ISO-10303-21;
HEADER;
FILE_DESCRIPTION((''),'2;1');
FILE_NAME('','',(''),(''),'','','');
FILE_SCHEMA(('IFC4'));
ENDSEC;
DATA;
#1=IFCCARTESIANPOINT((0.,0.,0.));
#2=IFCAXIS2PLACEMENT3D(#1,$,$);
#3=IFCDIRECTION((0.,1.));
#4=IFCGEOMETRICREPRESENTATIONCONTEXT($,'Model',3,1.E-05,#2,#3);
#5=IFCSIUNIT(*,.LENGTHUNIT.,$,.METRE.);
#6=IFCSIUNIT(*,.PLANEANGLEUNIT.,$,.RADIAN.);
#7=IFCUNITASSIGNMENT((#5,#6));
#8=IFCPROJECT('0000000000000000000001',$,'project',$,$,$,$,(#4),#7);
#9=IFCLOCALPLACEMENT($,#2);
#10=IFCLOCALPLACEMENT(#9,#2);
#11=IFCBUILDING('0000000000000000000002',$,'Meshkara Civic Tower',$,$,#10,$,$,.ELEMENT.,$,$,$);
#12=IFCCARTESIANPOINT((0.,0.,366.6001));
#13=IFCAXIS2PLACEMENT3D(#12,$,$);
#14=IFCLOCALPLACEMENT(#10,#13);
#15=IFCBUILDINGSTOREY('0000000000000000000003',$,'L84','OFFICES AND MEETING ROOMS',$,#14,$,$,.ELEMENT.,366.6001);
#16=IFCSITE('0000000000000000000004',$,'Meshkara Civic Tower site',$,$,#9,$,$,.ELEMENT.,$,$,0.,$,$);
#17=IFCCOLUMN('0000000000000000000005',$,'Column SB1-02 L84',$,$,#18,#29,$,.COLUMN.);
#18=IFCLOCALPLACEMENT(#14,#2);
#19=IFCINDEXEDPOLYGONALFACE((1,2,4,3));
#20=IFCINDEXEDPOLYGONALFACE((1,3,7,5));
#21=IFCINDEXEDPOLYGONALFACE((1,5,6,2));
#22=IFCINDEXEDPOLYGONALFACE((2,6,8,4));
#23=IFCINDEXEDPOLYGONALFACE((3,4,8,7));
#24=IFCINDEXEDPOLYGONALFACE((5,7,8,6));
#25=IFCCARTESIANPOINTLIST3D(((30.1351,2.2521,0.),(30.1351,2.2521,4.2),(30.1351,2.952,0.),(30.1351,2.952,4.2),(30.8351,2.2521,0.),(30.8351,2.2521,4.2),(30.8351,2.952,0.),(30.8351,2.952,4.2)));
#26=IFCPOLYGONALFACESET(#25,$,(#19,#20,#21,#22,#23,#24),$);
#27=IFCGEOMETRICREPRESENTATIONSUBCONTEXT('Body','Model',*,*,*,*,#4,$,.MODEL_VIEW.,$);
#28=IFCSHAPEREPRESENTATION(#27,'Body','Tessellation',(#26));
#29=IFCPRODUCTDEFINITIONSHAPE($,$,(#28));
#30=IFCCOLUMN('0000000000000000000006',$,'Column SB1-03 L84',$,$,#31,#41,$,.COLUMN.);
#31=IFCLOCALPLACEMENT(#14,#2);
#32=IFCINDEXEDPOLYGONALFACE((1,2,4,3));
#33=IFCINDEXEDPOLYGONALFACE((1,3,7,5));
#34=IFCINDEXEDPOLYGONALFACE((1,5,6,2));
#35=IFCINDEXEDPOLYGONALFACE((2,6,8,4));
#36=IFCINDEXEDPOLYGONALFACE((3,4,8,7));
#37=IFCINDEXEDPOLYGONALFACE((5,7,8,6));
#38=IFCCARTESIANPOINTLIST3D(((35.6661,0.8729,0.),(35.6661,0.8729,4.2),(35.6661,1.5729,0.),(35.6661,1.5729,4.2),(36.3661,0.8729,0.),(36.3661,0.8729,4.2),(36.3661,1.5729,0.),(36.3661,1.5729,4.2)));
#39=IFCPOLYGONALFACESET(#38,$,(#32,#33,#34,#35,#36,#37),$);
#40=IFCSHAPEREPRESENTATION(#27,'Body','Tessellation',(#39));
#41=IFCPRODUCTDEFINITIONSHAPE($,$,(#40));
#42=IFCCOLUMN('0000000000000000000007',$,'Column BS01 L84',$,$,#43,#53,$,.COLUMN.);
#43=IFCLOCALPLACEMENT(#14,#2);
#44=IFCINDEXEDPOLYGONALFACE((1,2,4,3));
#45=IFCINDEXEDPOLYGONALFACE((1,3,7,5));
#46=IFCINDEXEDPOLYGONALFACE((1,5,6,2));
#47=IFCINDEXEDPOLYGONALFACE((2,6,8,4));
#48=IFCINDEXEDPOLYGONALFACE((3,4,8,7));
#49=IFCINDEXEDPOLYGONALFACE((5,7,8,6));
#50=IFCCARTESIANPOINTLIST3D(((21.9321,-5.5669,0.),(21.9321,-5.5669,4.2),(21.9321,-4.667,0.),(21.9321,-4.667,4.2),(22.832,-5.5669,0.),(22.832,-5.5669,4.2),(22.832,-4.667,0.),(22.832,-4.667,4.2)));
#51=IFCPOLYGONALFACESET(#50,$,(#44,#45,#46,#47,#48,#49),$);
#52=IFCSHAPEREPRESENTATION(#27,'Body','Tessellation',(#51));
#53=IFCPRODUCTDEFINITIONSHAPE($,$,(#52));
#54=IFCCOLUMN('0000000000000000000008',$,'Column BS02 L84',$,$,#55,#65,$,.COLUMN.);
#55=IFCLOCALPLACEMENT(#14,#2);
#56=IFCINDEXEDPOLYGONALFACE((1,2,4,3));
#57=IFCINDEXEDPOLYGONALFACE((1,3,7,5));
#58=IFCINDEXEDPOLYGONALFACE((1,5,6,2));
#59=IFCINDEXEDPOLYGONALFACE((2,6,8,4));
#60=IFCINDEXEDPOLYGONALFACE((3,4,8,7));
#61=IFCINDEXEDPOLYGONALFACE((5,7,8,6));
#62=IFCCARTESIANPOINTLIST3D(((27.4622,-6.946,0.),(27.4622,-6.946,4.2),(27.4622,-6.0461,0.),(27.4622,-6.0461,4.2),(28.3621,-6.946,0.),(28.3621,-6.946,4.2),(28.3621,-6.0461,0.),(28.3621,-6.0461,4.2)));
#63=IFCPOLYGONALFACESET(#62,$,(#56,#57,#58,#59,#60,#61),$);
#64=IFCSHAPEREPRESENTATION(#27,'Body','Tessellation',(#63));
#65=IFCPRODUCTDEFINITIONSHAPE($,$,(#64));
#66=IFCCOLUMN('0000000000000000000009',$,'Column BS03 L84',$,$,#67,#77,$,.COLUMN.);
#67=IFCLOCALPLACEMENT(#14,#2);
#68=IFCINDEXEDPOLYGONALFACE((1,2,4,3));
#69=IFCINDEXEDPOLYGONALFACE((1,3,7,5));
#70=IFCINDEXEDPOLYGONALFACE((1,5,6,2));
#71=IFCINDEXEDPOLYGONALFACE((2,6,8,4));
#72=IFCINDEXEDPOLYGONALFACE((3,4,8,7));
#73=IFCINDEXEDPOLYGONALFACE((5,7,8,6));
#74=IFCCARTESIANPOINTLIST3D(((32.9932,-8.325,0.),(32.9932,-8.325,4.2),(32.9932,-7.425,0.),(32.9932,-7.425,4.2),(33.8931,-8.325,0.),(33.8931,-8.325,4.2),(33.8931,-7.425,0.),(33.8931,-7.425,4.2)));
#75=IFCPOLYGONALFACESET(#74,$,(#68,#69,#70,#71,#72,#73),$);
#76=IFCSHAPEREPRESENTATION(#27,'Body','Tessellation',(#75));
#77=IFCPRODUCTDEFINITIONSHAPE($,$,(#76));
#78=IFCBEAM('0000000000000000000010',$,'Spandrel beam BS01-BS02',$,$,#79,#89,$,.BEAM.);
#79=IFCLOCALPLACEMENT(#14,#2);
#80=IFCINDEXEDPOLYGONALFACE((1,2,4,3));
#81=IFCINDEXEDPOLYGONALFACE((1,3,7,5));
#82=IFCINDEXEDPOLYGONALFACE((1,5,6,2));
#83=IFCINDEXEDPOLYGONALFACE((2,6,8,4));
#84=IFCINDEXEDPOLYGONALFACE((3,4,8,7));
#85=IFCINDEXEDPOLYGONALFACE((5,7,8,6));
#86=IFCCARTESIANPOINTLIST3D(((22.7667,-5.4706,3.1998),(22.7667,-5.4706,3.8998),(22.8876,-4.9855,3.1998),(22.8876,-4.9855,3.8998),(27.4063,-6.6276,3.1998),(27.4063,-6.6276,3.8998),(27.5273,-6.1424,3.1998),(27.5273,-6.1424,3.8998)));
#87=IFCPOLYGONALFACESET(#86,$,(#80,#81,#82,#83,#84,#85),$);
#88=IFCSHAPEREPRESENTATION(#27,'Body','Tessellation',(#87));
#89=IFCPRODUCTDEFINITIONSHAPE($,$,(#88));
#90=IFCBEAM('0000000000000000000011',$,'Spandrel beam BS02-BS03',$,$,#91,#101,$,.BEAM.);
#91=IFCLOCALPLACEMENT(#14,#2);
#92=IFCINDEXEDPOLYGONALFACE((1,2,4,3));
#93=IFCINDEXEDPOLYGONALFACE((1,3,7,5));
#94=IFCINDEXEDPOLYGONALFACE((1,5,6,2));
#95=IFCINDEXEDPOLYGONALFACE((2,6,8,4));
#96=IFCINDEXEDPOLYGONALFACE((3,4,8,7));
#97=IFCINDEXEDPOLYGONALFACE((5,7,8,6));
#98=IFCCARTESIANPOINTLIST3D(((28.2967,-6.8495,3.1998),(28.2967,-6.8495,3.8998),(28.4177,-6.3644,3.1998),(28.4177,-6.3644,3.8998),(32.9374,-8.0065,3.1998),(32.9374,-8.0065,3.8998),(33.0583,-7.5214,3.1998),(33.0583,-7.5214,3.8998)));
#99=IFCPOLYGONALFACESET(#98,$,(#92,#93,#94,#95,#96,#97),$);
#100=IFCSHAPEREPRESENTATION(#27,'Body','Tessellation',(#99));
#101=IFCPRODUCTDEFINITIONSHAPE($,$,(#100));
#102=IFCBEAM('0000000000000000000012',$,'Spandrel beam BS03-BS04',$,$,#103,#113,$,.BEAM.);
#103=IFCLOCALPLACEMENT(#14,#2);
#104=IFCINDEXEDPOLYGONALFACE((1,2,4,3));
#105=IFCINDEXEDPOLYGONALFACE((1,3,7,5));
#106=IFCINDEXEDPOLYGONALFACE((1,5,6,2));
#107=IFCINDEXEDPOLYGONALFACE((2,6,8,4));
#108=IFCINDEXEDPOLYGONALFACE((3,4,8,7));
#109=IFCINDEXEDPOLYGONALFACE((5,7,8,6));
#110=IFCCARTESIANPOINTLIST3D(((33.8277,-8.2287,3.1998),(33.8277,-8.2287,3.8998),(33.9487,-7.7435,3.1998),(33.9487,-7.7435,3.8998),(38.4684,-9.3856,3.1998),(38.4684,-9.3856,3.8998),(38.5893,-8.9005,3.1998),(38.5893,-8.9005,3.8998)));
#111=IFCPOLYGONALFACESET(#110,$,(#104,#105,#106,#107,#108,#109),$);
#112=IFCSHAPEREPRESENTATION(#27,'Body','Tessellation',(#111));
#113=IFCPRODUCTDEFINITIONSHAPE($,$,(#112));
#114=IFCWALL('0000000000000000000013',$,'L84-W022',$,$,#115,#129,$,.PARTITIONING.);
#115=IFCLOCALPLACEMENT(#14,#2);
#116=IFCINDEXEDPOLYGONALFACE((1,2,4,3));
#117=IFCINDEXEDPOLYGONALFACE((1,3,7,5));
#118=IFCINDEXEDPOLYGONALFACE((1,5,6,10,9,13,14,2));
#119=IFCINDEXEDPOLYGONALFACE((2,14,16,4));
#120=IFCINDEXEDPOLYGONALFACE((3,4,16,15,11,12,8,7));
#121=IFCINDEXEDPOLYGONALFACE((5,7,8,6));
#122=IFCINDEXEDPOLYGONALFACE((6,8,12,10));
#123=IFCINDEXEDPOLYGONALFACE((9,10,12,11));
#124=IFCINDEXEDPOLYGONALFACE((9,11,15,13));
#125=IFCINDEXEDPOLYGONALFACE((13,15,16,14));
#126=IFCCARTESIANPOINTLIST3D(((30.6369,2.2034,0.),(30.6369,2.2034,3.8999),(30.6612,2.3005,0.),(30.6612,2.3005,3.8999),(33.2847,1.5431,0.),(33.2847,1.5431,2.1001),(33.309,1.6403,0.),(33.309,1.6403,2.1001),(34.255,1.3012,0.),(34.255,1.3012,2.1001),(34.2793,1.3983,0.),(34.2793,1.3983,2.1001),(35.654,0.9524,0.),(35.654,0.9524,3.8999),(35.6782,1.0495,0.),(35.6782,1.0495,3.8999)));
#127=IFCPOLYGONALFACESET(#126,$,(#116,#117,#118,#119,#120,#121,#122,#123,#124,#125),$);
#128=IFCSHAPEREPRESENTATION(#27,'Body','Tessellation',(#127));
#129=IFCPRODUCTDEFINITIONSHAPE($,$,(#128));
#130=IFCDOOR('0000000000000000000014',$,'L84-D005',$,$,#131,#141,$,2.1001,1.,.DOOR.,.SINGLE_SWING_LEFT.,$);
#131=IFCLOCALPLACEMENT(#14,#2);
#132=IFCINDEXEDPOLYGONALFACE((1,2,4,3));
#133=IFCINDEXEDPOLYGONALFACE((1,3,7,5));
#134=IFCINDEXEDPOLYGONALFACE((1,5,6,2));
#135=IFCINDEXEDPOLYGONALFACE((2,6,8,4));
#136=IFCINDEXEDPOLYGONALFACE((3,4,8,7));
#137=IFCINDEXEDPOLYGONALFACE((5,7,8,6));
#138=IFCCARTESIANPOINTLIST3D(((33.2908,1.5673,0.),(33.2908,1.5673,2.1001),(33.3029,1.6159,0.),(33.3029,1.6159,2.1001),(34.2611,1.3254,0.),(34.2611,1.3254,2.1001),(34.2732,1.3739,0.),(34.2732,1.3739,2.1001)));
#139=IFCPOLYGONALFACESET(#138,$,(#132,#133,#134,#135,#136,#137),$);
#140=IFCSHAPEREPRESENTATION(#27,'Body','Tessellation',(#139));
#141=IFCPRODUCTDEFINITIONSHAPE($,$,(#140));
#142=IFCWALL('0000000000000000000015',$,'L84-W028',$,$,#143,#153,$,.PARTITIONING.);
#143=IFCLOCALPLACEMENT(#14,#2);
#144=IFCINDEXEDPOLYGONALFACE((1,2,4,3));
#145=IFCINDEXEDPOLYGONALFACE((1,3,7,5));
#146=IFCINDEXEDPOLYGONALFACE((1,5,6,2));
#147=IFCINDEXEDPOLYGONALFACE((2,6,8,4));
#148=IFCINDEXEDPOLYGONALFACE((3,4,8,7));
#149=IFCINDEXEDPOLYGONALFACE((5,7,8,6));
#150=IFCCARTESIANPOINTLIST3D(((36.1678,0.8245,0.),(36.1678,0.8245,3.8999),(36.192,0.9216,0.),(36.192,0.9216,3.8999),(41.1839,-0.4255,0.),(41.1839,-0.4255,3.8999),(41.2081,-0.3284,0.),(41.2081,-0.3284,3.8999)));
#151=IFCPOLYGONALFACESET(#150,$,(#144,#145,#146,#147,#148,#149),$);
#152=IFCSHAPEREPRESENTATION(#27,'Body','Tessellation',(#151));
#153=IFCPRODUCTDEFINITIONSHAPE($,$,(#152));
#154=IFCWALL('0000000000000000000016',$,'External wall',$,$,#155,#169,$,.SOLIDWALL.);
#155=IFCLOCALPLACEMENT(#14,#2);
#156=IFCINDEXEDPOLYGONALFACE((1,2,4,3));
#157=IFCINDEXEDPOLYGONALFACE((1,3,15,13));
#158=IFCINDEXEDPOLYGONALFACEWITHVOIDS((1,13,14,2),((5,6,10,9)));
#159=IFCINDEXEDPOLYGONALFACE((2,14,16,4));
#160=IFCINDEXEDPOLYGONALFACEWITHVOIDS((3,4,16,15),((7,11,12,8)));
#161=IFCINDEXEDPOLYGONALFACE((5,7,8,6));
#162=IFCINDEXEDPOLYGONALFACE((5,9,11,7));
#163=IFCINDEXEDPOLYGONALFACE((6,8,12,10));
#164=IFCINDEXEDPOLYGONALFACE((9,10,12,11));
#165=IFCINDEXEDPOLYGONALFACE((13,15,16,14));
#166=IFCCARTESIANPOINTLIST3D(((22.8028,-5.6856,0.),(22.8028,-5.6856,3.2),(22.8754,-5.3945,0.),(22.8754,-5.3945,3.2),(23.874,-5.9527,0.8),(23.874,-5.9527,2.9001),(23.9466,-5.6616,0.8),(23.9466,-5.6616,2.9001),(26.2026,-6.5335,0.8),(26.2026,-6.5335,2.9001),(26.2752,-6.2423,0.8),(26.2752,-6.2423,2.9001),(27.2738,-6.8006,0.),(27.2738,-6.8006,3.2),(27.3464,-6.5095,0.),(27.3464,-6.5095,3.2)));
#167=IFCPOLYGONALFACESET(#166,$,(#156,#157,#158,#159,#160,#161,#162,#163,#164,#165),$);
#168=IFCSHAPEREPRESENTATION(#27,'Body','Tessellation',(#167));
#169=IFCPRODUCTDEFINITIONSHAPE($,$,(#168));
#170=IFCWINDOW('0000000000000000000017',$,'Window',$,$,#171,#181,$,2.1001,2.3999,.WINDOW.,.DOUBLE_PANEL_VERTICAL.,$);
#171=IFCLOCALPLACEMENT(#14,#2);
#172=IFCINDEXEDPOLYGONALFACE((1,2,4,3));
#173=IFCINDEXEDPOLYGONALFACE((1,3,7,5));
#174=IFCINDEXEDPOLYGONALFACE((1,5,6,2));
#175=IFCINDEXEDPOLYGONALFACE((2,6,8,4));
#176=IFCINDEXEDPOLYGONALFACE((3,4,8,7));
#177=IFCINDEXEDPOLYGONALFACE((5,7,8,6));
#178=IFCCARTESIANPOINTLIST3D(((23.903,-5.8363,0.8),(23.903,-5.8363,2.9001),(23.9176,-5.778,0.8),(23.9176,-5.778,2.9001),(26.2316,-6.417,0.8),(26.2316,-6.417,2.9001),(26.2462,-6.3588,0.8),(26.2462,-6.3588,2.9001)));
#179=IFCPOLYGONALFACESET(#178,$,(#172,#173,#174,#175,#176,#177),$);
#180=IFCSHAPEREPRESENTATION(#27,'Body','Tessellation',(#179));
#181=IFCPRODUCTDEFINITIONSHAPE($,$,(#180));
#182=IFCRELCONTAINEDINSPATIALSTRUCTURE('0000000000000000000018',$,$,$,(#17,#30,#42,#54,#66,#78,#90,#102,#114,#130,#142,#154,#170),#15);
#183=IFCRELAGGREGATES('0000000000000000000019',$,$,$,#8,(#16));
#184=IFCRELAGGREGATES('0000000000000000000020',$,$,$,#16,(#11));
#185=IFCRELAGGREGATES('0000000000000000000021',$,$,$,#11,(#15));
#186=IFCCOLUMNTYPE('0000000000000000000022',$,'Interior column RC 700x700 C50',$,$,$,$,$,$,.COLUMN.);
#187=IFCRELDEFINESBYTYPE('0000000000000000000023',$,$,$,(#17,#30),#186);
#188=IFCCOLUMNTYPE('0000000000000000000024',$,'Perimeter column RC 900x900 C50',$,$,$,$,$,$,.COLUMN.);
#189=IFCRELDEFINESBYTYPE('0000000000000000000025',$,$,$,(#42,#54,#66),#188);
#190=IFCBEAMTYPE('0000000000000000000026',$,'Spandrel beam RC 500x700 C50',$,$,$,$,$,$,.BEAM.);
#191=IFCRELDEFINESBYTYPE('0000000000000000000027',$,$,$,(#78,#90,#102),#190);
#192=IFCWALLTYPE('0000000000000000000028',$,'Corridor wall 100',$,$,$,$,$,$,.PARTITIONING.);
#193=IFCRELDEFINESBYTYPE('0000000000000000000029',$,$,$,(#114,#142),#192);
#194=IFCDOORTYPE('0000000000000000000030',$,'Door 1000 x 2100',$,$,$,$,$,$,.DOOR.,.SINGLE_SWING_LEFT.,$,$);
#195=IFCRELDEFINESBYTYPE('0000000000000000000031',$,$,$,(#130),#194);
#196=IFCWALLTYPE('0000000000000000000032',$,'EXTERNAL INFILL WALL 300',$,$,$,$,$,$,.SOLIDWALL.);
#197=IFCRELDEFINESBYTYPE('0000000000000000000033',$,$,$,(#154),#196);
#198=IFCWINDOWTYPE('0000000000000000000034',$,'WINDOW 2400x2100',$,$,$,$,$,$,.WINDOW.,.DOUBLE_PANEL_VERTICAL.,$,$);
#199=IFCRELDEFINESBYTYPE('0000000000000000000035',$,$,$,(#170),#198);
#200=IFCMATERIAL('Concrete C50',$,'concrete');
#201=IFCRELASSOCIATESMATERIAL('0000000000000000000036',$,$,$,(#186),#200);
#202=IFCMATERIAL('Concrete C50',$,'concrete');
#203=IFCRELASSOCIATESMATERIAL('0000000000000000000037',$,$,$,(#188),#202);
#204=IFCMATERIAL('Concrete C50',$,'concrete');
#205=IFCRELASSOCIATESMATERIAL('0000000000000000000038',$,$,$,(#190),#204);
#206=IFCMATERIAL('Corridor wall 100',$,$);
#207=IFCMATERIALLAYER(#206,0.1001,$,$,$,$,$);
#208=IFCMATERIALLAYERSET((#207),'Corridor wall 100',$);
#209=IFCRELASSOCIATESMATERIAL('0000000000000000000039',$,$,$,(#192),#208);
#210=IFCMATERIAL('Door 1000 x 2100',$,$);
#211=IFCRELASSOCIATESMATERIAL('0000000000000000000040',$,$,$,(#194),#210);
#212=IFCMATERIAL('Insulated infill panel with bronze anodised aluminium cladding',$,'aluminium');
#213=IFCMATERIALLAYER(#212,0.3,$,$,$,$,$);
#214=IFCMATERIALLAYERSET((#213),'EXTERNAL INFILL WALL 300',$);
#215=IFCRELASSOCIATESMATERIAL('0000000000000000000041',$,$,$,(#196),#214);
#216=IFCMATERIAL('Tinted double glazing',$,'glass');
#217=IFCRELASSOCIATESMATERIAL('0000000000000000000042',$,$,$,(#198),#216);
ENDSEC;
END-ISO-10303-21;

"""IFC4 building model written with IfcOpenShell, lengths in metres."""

from ifc_helpers import new_model, si_unit, direction, frame, frame_2d, origin, origin_2d, place, context, subcontext, project, spatial, rectangle, extrude, material, layer, layer_set, material_profile, profile_set, type_object, element, fill, save


model = new_model("IFC4")

# Units and contexts
model_context = context("Model", 3, precision=1e-05, world=origin(), true_north=direction((0.0, 1.0)))
body_context = subcontext(model_context, "Body", "Model", "MODEL_VIEW")
ifc_project = project(units=[si_unit("LENGTHUNIT", "METRE"), si_unit("PLANEANGLEUNIT", "RADIAN")], contexts=[model_context])

# Site, building, storey
site_placement = place(None, origin())
site = spatial("IfcSite", under=ifc_project, at=site_placement, Name="Meshkara Civic Tower site", CompositionType="ELEMENT", RefElevation=0.0)
building_placement = place(site_placement, origin())
building = spatial("IfcBuilding", under=site, at=building_placement, Name="Meshkara Civic Tower", CompositionType="ELEMENT")
storey_placement = place(building_placement, frame((0.0, 0.0, 366.6001)))
storey = spatial("IfcBuildingStorey", under=building, at=storey_placement, Name="L84", Description="OFFICES AND MEETING ROOMS", CompositionType="ELEMENT", Elevation=366.6001)

# Columns
ifc_material_1 = material(Name="Concrete C50", Category="concrete")
ifc_material_profile_1 = material_profile(ifc_material_1, rectangle(XDim=0.7, YDim=0.7, at=origin_2d()))
ifc_profile_set_1 = profile_set([ifc_material_profile_1], Name="Concrete C50")
column_type_1 = type_object("IfcColumnType", Name="Interior column RC 700x700 C50", PredefinedType="COLUMN", material=ifc_profile_set_1)
for number, where, z_axis, x_axis, name in (
    (1, (30.4851, 2.6021, 0.0), (0.0, 0.0, 1.0), (1.0, 0.0, 0.0), "Column SB1-02 L84"),
    (2, (36.0161, 1.2229, 0.0), (0.0, 0.0, 1.0), (1.0, 0.0, 0.0), "Column SB1-03 L84"),
):
    element("IfcColumn", number, at=place(storey_placement, frame(where, z_axis=z_axis, x_axis=x_axis)), inside=storey, type_object=column_type_1, Name=name, PredefinedType="COLUMN", context=body_context, shape_type="SweptSolid", body=[
        extrude(rectangle(XDim=0.7, YDim=0.7, at=origin_2d()), origin(), (0.0, 0.0, 1.0), 4.2),
    ])
ifc_material_2 = material(Name="Concrete C50", Category="concrete")
ifc_material_profile_2 = material_profile(ifc_material_2, rectangle(XDim=0.8999, YDim=0.8999, at=origin_2d()))
ifc_profile_set_2 = profile_set([ifc_material_profile_2], Name="Concrete C50")
column_type_2 = type_object("IfcColumnType", Name="Perimeter column RC 900x900 C50", PredefinedType="COLUMN", material=ifc_profile_set_2)
for number, where, z_axis, x_axis, name in (
    (3, (22.3821, -5.1169, 0.0), (0.0, 0.0, 1.0), (1.0, 0.0, 0.0), "Column BS01 L84"),
    (4, (27.9121, -6.4961, 0.0), (0.0, 0.0, 1.0), (1.0, 0.0, 0.0), "Column BS02 L84"),
    (5, (33.4431, -7.875, 0.0), (0.0, 0.0, 1.0), (1.0, 0.0, 0.0), "Column BS03 L84"),
):
    element("IfcColumn", number, at=place(storey_placement, frame(where, z_axis=z_axis, x_axis=x_axis)), inside=storey, type_object=column_type_2, Name=name, PredefinedType="COLUMN", context=body_context, shape_type="SweptSolid", body=[
        extrude(rectangle(XDim=0.8999, YDim=0.8999, at=origin_2d()), origin(), (0.0, 0.0, 1.0), 4.2),
    ])

# Beams
ifc_material_3 = material(Name="Concrete C50", Category="concrete")
ifc_material_profile_3 = material_profile(ifc_material_3, rectangle(XDim=0.5, YDim=0.7, at=origin_2d()))
ifc_profile_set_3 = profile_set([ifc_material_profile_3], Name="Concrete C50")
beam_type = type_object("IfcBeamType", Name="Spandrel beam RC 500x700 C50", PredefinedType="BEAM", material=ifc_profile_set_3)
beam_placement = place(storey_placement, frame((22.8271, -5.228, 3.5498), z_axis=(0.970286, -0.241959, 0.0), x_axis=(0.241959, 0.970286, 0.0)))
element("IfcBeam", 6, at=beam_placement, inside=storey, type_object=beam_type, Name="Spandrel beam BS01-BS02", PredefinedType="BEAM", context=body_context, shape_type="SweptSolid", body=[
    extrude(rectangle(XDim=0.5, YDim=0.7, at=origin_2d()), origin(), (0.0, 0.0, 1.0), 4.7817),
])
for number, where, z_axis, x_axis, name in (
    (7, (28.3572, -6.6069, 3.5498), (0.970298, -0.241911, 0.0), (0.241911, 0.970298, 0.0), "Spandrel beam BS02-BS03"),
    (8, (33.8882, -7.9861, 3.5498), (0.970298, -0.241911, 0.0), (0.241911, 0.970298, 0.0), "Spandrel beam BS03-BS04"),
):
    element("IfcBeam", number, at=place(storey_placement, frame(where, z_axis=z_axis, x_axis=x_axis)), inside=storey, type_object=beam_type, Name=name, PredefinedType="BEAM", context=body_context, shape_type="SweptSolid", body=[
        extrude(rectangle(XDim=0.5, YDim=0.7, at=origin_2d()), origin(), (0.0, 0.0, 1.0), 4.7827),
    ])

# Wall, opening, door
ifc_material_4 = material(Name="Corridor wall 100")
ifc_layer_1 = layer(ifc_material_4, 0.1001)
ifc_layer_set_1 = layer_set([ifc_layer_1], Name="Corridor wall 100")
wall_type_1 = type_object("IfcWallType", Name="Corridor wall 100", PredefinedType="PARTITIONING", material=ifc_layer_set_1)
wall_1_placement = place(storey_placement, frame((30.6489, 2.252, 0.0), z_axis=(0.0, 0.0, 1.0), x_axis=(0.970292, -0.241936, 0.0)))
wall_1 = element("IfcWall", 9, at=wall_1_placement, inside=storey, type_object=wall_type_1, Name="L84-W022", PredefinedType="PARTITIONING", context=body_context, shape_type="SweptSolid", body=[
    extrude(rectangle(XDim=5.1707, YDim=0.1001, at=frame_2d((2.5854, 0.0))), origin(), (0.0, 0.0, 1.0), 3.8999),
])
opening_1_placement = place(wall_1_placement, frame((2.729, 0.0, 0.0)))
opening_1 = element("IfcOpeningElement", 10, at=opening_1_placement, cuts=wall_1, PredefinedType="OPENING", context=body_context, shape_type="SweptSolid", body=[
    extrude(rectangle(XDim=1.0, YDim=2.1001, at=frame_2d((0.5, 1.05))), frame((0.0, 0.0601, 0.0), z_axis=(0.0, -1.0, 0.0), x_axis=(1.0, 0.0, 0.0)), (0.0, 0.0, 1.0), 0.1201),
])
ifc_material_5 = material(Name="Door 1000 x 2100")
door_type = type_object("IfcDoorType", Name="Door 1000 x 2100", OperationType="SINGLE_SWING_LEFT", PredefinedType="DOOR", material=ifc_material_5)
door_placement = place(opening_1_placement, origin())
door = element("IfcDoor", 11, at=door_placement, inside=storey, type_object=door_type, Name="L84-D005", OperationType="SINGLE_SWING_LEFT", OverallHeight=2.1001, OverallWidth=1.0, PredefinedType="DOOR", context=body_context, shape_type="SweptSolid", body=[
    extrude(rectangle(XDim=1.0, YDim=2.1001, at=frame_2d((0.5, 1.05))), frame((0.0, 0.0249, 0.0), z_axis=(0.0, -1.0, 0.0), x_axis=(1.0, 0.0, 0.0)), (0.0, 0.0, 1.0), 0.05),
])
fill(opening_1, door)

# Wall
wall_2_placement = place(storey_placement, frame((36.1799, 0.873, 0.0), z_axis=(0.0, 0.0, 1.0), x_axis=(0.970326, -0.241802, 0.0)))
element("IfcWall", 12, at=wall_2_placement, inside=storey, type_object=wall_type_1, Name="L84-W028", PredefinedType="PARTITIONING", context=body_context, shape_type="SweptSolid", body=[
    extrude(rectangle(XDim=5.1694, YDim=0.1001, at=frame_2d((2.5847, 0.0))), origin(), (0.0, 0.0, 1.0), 3.8999),
])

# Wall, opening, window
ifc_material_6 = material(Name="Insulated infill panel with bronze anodised aluminium cladding", Category="aluminium")
ifc_layer_2 = layer(ifc_material_6, 0.3)
ifc_layer_set_2 = layer_set([ifc_layer_2], Name="EXTERNAL INFILL WALL 300")
wall_type_2 = type_object("IfcWallType", Name="EXTERNAL INFILL WALL 300", PredefinedType="SOLIDWALL", material=ifc_layer_set_2)
wall_3_placement = place(storey_placement, frame((22.8391, -5.54, 0.0), z_axis=(0.0, 0.0, 1.0), x_axis=(0.970283, -0.241975, 0.0)))
wall_3 = element("IfcWall", 13, at=wall_3_placement, inside=storey, type_object=wall_type_2, Name="External wall", PredefinedType="SOLIDWALL", context=body_context, shape_type="SweptSolid", body=[
    extrude(rectangle(XDim=4.6079, YDim=0.3, at=frame_2d((2.304, 0.0))), origin(), (0.0, 0.0, 1.0), 3.2),
])
opening_2_placement = place(wall_3_placement, frame((1.104, 0.0, 0.8)))
opening_2 = element("IfcOpeningElement", 14, at=opening_2_placement, cuts=wall_3, PredefinedType="OPENING", context=body_context, shape_type="SweptSolid", body=[
    extrude(rectangle(XDim=2.3999, YDim=2.1001, at=frame_2d((1.2, 1.05))), frame((0.0, 0.1599, 0.0), z_axis=(0.0, -1.0, 0.0), x_axis=(1.0, 0.0, 0.0)), (0.0, 0.0, 1.0), 0.3201),
])
ifc_material_7 = material(Name="Tinted double glazing", Category="glass")
window_type = type_object("IfcWindowType", Name="WINDOW 2400x2100", PartitioningType="DOUBLE_PANEL_VERTICAL", PredefinedType="WINDOW", material=ifc_material_7)
window_1_placement = place(opening_2_placement, origin())
window_1 = element("IfcWindow", 15, at=window_1_placement, inside=storey, type_object=window_type, Name="Window", OverallHeight=2.1001, OverallWidth=2.3999, PartitioningType="DOUBLE_PANEL_VERTICAL", PredefinedType="WINDOW", context=body_context, shape_type="SweptSolid", body=[
    extrude(rectangle(XDim=2.3999, YDim=2.1001, at=frame_2d((1.2, 1.05))), frame((0.0, 0.03, 0.0), z_axis=(0.0, -1.0, 0.0), x_axis=(1.0, 0.0, 0.0)), (0.0, 0.0, 1.0), 0.0601),
])
fill(opening_2, window_1)

save(model, "model.ifc")
